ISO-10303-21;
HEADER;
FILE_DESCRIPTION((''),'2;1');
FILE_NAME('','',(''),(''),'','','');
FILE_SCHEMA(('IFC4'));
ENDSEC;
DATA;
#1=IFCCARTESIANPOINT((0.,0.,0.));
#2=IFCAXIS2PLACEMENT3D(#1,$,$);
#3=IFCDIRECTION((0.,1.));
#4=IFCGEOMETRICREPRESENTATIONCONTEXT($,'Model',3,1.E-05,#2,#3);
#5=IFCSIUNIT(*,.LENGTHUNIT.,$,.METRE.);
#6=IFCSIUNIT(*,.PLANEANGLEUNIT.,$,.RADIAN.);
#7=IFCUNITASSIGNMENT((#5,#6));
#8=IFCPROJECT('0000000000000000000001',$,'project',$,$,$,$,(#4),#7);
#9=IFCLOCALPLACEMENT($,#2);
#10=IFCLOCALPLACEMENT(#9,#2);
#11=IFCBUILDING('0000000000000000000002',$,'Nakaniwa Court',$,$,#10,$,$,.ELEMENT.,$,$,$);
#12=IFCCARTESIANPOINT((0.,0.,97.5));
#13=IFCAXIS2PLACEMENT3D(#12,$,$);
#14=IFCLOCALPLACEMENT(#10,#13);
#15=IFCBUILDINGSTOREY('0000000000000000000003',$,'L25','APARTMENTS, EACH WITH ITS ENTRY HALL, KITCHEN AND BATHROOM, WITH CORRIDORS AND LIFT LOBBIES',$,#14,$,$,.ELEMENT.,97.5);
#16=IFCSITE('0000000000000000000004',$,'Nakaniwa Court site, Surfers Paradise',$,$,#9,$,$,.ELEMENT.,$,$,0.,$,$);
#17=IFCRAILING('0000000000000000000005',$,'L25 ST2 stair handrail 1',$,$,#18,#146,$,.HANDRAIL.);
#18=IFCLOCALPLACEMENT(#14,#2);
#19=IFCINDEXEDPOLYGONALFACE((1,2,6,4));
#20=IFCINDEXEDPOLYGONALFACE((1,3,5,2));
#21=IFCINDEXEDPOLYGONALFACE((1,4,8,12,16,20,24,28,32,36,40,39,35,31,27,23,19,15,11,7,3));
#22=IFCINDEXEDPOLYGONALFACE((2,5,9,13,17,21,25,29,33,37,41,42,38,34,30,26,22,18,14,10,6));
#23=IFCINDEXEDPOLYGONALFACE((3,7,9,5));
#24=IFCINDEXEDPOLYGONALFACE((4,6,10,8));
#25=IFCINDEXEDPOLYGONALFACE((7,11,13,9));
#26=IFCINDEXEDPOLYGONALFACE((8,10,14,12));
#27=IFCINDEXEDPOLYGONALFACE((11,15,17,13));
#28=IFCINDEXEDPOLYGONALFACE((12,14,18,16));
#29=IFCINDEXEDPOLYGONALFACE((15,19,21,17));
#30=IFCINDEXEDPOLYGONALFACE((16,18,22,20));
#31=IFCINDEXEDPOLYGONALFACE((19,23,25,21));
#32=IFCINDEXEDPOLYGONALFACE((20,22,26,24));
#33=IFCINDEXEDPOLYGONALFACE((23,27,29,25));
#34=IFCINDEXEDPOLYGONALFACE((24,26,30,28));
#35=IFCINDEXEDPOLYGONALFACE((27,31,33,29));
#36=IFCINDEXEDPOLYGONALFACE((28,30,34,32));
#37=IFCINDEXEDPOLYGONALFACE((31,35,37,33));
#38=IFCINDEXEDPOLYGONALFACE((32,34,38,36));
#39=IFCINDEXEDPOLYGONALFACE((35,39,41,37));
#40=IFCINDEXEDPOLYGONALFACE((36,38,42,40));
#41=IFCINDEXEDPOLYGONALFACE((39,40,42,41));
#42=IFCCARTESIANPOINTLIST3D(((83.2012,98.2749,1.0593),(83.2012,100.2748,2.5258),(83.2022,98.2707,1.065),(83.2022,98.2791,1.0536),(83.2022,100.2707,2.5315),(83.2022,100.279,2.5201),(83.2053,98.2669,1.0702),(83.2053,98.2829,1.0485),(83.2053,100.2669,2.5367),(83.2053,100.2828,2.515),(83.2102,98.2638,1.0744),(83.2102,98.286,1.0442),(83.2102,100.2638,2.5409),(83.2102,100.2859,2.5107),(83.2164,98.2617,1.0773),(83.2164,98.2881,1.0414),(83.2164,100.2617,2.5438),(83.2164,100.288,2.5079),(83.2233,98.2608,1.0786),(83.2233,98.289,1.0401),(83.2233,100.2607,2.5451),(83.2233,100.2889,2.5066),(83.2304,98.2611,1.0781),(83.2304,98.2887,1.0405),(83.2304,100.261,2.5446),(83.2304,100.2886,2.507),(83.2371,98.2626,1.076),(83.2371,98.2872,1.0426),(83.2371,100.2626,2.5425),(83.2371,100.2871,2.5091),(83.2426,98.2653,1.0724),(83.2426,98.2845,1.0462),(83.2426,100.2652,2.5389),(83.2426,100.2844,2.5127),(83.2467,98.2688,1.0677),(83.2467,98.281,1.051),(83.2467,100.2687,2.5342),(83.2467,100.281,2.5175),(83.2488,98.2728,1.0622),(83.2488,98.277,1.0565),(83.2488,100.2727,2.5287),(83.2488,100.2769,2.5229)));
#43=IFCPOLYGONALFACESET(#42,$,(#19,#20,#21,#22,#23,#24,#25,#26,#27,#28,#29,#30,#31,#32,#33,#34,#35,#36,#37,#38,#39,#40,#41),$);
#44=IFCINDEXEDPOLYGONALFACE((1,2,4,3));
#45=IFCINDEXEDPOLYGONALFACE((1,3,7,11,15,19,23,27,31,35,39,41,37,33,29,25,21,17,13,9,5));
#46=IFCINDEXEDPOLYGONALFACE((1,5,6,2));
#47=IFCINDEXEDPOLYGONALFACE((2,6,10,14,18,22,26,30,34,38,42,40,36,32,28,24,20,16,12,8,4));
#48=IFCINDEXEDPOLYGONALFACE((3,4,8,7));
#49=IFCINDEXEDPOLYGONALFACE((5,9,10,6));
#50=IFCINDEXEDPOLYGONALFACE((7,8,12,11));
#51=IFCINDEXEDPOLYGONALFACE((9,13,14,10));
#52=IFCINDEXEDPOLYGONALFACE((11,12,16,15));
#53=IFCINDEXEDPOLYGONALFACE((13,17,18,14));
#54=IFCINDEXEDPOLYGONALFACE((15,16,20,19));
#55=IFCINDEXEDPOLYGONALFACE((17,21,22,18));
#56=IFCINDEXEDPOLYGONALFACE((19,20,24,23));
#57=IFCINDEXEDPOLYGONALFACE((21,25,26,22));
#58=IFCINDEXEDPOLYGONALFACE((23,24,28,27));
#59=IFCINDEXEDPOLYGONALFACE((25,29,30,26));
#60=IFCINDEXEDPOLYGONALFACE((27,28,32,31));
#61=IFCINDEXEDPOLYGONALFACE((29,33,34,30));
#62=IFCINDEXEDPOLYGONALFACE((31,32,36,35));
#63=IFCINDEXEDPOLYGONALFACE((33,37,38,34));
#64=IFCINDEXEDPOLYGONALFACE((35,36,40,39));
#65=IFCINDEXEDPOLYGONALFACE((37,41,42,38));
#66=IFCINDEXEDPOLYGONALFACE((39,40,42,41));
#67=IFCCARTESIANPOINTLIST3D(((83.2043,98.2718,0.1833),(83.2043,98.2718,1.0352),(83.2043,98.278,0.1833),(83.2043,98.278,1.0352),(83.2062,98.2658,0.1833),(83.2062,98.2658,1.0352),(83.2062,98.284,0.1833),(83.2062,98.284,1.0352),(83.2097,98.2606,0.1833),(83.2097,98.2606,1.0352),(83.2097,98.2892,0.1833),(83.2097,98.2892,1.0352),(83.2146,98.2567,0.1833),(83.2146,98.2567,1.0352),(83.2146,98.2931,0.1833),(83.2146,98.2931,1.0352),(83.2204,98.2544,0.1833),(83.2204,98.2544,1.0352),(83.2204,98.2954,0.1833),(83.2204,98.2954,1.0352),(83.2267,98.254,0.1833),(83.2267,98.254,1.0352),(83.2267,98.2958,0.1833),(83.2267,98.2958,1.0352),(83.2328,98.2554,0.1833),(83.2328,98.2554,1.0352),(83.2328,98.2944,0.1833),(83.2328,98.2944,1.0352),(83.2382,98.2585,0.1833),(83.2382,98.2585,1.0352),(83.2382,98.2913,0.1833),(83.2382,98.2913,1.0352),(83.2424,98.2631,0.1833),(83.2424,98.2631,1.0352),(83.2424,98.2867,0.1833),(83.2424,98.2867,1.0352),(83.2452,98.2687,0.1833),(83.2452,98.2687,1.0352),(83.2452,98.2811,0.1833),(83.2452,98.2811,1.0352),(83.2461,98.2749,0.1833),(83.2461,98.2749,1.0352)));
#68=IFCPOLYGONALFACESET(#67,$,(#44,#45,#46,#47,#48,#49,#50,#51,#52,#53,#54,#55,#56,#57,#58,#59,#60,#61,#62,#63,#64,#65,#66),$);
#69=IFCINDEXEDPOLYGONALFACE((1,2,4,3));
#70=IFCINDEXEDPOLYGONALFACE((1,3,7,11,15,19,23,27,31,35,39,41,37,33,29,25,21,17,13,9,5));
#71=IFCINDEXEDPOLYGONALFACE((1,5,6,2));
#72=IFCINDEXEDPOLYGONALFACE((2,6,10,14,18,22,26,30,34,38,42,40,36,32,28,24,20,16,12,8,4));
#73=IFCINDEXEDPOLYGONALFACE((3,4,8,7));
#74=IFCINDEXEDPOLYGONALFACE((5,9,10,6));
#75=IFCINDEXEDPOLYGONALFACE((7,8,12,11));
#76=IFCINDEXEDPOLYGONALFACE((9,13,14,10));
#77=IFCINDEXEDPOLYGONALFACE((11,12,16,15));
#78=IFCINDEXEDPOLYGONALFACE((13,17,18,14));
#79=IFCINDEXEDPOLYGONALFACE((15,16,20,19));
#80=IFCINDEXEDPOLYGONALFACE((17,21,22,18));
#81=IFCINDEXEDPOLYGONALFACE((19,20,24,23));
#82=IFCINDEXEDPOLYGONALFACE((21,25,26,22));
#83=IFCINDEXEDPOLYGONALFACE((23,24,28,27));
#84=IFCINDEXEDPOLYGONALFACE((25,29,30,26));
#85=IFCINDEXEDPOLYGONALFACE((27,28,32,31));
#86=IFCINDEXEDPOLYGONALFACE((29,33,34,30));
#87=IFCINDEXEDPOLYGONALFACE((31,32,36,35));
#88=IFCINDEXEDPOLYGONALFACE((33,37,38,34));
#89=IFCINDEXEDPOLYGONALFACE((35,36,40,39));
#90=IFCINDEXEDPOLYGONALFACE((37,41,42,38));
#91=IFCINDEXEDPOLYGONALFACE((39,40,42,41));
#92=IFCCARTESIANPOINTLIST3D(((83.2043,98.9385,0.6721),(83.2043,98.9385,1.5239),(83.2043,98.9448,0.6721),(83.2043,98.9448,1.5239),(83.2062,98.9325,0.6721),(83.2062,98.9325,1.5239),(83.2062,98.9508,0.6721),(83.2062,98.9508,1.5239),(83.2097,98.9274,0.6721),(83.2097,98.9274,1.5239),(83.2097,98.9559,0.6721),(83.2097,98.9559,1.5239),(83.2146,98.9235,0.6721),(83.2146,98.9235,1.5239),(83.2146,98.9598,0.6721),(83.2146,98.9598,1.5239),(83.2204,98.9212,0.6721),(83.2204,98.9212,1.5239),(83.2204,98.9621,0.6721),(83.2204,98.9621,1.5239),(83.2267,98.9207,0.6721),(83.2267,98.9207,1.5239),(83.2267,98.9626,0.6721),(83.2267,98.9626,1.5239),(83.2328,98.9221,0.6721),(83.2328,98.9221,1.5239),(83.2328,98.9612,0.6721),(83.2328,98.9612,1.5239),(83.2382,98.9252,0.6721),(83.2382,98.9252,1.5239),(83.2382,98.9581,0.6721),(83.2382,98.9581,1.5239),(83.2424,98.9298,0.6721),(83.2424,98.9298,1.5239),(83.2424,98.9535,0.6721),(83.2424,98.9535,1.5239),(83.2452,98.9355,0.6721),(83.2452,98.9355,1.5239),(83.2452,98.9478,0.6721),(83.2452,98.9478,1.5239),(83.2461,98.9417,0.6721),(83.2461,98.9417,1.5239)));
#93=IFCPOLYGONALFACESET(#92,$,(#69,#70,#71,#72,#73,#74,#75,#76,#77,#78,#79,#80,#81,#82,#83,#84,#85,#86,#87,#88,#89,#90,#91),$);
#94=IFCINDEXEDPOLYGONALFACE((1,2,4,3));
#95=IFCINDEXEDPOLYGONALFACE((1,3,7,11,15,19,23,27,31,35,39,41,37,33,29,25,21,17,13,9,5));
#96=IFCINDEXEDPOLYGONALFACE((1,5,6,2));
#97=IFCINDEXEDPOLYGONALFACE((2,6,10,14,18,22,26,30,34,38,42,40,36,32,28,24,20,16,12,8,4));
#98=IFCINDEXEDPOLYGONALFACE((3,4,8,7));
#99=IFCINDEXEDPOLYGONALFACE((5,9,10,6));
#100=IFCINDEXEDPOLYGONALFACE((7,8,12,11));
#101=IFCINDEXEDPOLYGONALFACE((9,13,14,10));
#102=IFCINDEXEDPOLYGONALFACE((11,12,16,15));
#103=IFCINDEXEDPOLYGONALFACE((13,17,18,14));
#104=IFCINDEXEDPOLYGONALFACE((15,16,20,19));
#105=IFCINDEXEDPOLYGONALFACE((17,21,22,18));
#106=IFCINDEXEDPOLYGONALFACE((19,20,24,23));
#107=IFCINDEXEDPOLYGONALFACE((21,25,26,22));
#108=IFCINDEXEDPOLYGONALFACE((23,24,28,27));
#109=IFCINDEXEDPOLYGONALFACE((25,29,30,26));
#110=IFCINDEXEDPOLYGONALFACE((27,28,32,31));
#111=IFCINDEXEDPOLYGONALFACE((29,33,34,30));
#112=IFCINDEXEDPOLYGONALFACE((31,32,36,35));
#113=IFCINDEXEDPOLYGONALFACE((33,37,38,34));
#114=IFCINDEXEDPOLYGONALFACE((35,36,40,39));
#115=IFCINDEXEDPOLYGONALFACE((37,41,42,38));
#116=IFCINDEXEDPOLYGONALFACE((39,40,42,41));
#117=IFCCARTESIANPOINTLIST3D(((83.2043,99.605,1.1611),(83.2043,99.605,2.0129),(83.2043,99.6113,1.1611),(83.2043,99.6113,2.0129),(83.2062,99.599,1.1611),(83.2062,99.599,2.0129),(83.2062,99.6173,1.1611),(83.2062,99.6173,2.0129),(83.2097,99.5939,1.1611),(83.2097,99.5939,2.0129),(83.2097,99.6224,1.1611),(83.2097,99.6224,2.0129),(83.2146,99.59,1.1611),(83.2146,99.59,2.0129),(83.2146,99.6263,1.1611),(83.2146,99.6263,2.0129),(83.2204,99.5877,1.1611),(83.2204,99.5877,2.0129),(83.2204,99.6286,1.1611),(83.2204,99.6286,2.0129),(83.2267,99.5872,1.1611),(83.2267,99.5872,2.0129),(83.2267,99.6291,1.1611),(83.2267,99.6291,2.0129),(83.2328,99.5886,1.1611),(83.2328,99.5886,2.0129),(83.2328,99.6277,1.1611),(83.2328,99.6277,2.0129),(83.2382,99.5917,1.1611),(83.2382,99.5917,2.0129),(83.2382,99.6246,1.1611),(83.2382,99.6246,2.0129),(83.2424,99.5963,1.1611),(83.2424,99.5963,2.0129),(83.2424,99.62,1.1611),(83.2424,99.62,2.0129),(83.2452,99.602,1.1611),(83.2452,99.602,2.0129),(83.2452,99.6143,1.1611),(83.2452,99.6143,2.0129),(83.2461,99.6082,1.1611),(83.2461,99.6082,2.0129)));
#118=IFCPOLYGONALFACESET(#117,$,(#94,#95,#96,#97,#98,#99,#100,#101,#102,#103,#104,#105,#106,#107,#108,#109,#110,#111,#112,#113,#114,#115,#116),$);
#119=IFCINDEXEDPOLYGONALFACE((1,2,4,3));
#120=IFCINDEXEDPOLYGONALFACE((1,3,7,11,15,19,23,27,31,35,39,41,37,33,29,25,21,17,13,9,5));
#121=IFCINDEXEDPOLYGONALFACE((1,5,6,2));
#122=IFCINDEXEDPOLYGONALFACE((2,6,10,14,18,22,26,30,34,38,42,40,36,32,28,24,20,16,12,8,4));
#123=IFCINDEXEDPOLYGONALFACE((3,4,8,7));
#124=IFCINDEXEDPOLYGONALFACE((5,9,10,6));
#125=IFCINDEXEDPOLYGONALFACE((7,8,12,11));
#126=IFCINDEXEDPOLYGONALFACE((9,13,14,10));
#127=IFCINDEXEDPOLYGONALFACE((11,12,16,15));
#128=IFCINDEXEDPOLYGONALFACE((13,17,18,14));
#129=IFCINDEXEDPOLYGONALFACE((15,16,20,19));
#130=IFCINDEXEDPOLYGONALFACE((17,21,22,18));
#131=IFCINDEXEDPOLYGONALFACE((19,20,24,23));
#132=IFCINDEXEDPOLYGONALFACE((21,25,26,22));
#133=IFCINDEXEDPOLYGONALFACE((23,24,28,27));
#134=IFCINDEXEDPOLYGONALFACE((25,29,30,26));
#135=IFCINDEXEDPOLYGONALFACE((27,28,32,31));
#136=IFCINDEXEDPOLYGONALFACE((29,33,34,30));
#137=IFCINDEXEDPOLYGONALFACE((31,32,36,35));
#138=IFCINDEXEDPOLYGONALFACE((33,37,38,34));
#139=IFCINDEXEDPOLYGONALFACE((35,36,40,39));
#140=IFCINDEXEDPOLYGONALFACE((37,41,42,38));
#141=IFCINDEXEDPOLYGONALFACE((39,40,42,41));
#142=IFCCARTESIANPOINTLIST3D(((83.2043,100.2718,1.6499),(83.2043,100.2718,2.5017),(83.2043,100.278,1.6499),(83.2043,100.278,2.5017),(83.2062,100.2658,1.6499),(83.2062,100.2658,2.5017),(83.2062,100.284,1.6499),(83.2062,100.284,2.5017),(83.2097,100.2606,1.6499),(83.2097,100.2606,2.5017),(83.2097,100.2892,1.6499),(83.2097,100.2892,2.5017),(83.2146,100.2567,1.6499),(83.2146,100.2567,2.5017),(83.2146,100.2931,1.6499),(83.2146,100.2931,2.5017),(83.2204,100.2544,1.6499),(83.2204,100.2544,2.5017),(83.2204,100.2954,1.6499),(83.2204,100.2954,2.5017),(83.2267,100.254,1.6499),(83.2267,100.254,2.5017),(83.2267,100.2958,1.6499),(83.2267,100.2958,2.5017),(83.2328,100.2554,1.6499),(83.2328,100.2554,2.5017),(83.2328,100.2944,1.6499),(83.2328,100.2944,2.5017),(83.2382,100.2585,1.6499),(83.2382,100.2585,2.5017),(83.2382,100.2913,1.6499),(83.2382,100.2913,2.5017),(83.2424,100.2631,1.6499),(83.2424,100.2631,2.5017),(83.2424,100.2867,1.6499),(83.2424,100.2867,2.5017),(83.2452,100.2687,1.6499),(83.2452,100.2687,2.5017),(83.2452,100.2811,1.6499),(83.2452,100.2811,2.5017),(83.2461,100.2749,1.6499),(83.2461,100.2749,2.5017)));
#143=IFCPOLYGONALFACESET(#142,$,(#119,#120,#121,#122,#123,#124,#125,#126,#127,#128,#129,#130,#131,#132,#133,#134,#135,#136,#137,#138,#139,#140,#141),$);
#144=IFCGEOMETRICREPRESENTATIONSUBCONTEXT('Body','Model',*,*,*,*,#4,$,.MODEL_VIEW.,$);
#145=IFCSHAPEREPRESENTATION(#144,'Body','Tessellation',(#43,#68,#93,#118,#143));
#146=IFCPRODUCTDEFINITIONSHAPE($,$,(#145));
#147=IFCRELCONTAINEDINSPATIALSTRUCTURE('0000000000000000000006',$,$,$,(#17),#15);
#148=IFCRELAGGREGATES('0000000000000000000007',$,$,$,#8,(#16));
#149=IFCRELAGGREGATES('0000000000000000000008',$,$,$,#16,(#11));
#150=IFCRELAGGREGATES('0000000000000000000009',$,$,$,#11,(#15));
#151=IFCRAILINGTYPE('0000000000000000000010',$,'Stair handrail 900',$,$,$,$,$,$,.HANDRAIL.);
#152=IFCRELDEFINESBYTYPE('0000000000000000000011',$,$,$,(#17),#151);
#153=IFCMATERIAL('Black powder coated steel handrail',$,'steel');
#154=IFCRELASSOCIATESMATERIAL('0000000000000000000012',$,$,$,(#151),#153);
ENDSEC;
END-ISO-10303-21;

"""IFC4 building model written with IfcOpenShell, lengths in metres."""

from ifc_helpers import new_model, si_unit, direction, frame, origin, origin_2d, place, context, subcontext, project, spatial, circle, extrude, material, type_object, element, save


model = new_model("IFC4")

# Units and contexts
model_context = context("Model", 3, precision=1e-05, world=origin(), true_north=direction((0.0, 1.0)))
body_context = subcontext(model_context, "Body", "Model", "MODEL_VIEW")
ifc_project = project(units=[si_unit("LENGTHUNIT", "METRE"), si_unit("PLANEANGLEUNIT", "RADIAN")], contexts=[model_context])

# Site, building, storey
site_placement = place(None, origin())
site = spatial("IfcSite", under=ifc_project, at=site_placement, Name="Nakaniwa Court site, Surfers Paradise", CompositionType="ELEMENT", RefElevation=0.0)
building_placement = place(site_placement, origin())
building = spatial("IfcBuilding", under=site, at=building_placement, Name="Nakaniwa Court", CompositionType="ELEMENT")
storey_placement = place(building_placement, frame((0.0, 0.0, 97.5)))
storey = spatial("IfcBuildingStorey", under=building, at=storey_placement, Name="L25", Description="APARTMENTS, EACH WITH ITS ENTRY HALL, KITCHEN AND BATHROOM, WITH CORRIDORS AND LIFT LOBBIES", CompositionType="ELEMENT", Elevation=97.5)

# Railing
ifc_material_1 = material(Name="Black powder coated steel handrail", Category="steel")
railing_type_1 = type_object("IfcRailingType", Name="Stair handrail 900", PredefinedType="HANDRAIL", material=ifc_material_1)
railing_1_placement = place(storey_placement, frame((83.2251, 98.2749, 0.1833)))
element("IfcRailing", 1, at=railing_1_placement, inside=storey, type_object=railing_type_1, Name="L25 ST2 stair handrail 1", PredefinedType="HANDRAIL", context=body_context, shape_type="SweptSolid", body=[
    extrude(circle(Radius=0.0239, at=origin_2d()), frame((0.0, 0.0, 0.876), z_axis=(0.0, 0.806427, 0.591334), x_axis=(-1.0, 0.0, 0.0)), (0.0, 0.0, 1.0), 2.48),
    extrude(circle(Radius=0.021, at=origin_2d()), origin(), (0.0, 0.0, 1.0), 0.8518),
    extrude(circle(Radius=0.021, at=origin_2d()), frame((0.0, 0.6667, 0.4888)), (0.0, 0.0, 1.0), 0.8518),
    extrude(circle(Radius=0.021, at=origin_2d()), frame((0.0, 1.3333, 0.9778)), (0.0, 0.0, 1.0), 0.8518),
    extrude(circle(Radius=0.021, at=origin_2d()), frame((0.0, 2.0, 1.4666)), (0.0, 0.0, 1.0), 0.8518),
])

save(model, "model.ifc")
